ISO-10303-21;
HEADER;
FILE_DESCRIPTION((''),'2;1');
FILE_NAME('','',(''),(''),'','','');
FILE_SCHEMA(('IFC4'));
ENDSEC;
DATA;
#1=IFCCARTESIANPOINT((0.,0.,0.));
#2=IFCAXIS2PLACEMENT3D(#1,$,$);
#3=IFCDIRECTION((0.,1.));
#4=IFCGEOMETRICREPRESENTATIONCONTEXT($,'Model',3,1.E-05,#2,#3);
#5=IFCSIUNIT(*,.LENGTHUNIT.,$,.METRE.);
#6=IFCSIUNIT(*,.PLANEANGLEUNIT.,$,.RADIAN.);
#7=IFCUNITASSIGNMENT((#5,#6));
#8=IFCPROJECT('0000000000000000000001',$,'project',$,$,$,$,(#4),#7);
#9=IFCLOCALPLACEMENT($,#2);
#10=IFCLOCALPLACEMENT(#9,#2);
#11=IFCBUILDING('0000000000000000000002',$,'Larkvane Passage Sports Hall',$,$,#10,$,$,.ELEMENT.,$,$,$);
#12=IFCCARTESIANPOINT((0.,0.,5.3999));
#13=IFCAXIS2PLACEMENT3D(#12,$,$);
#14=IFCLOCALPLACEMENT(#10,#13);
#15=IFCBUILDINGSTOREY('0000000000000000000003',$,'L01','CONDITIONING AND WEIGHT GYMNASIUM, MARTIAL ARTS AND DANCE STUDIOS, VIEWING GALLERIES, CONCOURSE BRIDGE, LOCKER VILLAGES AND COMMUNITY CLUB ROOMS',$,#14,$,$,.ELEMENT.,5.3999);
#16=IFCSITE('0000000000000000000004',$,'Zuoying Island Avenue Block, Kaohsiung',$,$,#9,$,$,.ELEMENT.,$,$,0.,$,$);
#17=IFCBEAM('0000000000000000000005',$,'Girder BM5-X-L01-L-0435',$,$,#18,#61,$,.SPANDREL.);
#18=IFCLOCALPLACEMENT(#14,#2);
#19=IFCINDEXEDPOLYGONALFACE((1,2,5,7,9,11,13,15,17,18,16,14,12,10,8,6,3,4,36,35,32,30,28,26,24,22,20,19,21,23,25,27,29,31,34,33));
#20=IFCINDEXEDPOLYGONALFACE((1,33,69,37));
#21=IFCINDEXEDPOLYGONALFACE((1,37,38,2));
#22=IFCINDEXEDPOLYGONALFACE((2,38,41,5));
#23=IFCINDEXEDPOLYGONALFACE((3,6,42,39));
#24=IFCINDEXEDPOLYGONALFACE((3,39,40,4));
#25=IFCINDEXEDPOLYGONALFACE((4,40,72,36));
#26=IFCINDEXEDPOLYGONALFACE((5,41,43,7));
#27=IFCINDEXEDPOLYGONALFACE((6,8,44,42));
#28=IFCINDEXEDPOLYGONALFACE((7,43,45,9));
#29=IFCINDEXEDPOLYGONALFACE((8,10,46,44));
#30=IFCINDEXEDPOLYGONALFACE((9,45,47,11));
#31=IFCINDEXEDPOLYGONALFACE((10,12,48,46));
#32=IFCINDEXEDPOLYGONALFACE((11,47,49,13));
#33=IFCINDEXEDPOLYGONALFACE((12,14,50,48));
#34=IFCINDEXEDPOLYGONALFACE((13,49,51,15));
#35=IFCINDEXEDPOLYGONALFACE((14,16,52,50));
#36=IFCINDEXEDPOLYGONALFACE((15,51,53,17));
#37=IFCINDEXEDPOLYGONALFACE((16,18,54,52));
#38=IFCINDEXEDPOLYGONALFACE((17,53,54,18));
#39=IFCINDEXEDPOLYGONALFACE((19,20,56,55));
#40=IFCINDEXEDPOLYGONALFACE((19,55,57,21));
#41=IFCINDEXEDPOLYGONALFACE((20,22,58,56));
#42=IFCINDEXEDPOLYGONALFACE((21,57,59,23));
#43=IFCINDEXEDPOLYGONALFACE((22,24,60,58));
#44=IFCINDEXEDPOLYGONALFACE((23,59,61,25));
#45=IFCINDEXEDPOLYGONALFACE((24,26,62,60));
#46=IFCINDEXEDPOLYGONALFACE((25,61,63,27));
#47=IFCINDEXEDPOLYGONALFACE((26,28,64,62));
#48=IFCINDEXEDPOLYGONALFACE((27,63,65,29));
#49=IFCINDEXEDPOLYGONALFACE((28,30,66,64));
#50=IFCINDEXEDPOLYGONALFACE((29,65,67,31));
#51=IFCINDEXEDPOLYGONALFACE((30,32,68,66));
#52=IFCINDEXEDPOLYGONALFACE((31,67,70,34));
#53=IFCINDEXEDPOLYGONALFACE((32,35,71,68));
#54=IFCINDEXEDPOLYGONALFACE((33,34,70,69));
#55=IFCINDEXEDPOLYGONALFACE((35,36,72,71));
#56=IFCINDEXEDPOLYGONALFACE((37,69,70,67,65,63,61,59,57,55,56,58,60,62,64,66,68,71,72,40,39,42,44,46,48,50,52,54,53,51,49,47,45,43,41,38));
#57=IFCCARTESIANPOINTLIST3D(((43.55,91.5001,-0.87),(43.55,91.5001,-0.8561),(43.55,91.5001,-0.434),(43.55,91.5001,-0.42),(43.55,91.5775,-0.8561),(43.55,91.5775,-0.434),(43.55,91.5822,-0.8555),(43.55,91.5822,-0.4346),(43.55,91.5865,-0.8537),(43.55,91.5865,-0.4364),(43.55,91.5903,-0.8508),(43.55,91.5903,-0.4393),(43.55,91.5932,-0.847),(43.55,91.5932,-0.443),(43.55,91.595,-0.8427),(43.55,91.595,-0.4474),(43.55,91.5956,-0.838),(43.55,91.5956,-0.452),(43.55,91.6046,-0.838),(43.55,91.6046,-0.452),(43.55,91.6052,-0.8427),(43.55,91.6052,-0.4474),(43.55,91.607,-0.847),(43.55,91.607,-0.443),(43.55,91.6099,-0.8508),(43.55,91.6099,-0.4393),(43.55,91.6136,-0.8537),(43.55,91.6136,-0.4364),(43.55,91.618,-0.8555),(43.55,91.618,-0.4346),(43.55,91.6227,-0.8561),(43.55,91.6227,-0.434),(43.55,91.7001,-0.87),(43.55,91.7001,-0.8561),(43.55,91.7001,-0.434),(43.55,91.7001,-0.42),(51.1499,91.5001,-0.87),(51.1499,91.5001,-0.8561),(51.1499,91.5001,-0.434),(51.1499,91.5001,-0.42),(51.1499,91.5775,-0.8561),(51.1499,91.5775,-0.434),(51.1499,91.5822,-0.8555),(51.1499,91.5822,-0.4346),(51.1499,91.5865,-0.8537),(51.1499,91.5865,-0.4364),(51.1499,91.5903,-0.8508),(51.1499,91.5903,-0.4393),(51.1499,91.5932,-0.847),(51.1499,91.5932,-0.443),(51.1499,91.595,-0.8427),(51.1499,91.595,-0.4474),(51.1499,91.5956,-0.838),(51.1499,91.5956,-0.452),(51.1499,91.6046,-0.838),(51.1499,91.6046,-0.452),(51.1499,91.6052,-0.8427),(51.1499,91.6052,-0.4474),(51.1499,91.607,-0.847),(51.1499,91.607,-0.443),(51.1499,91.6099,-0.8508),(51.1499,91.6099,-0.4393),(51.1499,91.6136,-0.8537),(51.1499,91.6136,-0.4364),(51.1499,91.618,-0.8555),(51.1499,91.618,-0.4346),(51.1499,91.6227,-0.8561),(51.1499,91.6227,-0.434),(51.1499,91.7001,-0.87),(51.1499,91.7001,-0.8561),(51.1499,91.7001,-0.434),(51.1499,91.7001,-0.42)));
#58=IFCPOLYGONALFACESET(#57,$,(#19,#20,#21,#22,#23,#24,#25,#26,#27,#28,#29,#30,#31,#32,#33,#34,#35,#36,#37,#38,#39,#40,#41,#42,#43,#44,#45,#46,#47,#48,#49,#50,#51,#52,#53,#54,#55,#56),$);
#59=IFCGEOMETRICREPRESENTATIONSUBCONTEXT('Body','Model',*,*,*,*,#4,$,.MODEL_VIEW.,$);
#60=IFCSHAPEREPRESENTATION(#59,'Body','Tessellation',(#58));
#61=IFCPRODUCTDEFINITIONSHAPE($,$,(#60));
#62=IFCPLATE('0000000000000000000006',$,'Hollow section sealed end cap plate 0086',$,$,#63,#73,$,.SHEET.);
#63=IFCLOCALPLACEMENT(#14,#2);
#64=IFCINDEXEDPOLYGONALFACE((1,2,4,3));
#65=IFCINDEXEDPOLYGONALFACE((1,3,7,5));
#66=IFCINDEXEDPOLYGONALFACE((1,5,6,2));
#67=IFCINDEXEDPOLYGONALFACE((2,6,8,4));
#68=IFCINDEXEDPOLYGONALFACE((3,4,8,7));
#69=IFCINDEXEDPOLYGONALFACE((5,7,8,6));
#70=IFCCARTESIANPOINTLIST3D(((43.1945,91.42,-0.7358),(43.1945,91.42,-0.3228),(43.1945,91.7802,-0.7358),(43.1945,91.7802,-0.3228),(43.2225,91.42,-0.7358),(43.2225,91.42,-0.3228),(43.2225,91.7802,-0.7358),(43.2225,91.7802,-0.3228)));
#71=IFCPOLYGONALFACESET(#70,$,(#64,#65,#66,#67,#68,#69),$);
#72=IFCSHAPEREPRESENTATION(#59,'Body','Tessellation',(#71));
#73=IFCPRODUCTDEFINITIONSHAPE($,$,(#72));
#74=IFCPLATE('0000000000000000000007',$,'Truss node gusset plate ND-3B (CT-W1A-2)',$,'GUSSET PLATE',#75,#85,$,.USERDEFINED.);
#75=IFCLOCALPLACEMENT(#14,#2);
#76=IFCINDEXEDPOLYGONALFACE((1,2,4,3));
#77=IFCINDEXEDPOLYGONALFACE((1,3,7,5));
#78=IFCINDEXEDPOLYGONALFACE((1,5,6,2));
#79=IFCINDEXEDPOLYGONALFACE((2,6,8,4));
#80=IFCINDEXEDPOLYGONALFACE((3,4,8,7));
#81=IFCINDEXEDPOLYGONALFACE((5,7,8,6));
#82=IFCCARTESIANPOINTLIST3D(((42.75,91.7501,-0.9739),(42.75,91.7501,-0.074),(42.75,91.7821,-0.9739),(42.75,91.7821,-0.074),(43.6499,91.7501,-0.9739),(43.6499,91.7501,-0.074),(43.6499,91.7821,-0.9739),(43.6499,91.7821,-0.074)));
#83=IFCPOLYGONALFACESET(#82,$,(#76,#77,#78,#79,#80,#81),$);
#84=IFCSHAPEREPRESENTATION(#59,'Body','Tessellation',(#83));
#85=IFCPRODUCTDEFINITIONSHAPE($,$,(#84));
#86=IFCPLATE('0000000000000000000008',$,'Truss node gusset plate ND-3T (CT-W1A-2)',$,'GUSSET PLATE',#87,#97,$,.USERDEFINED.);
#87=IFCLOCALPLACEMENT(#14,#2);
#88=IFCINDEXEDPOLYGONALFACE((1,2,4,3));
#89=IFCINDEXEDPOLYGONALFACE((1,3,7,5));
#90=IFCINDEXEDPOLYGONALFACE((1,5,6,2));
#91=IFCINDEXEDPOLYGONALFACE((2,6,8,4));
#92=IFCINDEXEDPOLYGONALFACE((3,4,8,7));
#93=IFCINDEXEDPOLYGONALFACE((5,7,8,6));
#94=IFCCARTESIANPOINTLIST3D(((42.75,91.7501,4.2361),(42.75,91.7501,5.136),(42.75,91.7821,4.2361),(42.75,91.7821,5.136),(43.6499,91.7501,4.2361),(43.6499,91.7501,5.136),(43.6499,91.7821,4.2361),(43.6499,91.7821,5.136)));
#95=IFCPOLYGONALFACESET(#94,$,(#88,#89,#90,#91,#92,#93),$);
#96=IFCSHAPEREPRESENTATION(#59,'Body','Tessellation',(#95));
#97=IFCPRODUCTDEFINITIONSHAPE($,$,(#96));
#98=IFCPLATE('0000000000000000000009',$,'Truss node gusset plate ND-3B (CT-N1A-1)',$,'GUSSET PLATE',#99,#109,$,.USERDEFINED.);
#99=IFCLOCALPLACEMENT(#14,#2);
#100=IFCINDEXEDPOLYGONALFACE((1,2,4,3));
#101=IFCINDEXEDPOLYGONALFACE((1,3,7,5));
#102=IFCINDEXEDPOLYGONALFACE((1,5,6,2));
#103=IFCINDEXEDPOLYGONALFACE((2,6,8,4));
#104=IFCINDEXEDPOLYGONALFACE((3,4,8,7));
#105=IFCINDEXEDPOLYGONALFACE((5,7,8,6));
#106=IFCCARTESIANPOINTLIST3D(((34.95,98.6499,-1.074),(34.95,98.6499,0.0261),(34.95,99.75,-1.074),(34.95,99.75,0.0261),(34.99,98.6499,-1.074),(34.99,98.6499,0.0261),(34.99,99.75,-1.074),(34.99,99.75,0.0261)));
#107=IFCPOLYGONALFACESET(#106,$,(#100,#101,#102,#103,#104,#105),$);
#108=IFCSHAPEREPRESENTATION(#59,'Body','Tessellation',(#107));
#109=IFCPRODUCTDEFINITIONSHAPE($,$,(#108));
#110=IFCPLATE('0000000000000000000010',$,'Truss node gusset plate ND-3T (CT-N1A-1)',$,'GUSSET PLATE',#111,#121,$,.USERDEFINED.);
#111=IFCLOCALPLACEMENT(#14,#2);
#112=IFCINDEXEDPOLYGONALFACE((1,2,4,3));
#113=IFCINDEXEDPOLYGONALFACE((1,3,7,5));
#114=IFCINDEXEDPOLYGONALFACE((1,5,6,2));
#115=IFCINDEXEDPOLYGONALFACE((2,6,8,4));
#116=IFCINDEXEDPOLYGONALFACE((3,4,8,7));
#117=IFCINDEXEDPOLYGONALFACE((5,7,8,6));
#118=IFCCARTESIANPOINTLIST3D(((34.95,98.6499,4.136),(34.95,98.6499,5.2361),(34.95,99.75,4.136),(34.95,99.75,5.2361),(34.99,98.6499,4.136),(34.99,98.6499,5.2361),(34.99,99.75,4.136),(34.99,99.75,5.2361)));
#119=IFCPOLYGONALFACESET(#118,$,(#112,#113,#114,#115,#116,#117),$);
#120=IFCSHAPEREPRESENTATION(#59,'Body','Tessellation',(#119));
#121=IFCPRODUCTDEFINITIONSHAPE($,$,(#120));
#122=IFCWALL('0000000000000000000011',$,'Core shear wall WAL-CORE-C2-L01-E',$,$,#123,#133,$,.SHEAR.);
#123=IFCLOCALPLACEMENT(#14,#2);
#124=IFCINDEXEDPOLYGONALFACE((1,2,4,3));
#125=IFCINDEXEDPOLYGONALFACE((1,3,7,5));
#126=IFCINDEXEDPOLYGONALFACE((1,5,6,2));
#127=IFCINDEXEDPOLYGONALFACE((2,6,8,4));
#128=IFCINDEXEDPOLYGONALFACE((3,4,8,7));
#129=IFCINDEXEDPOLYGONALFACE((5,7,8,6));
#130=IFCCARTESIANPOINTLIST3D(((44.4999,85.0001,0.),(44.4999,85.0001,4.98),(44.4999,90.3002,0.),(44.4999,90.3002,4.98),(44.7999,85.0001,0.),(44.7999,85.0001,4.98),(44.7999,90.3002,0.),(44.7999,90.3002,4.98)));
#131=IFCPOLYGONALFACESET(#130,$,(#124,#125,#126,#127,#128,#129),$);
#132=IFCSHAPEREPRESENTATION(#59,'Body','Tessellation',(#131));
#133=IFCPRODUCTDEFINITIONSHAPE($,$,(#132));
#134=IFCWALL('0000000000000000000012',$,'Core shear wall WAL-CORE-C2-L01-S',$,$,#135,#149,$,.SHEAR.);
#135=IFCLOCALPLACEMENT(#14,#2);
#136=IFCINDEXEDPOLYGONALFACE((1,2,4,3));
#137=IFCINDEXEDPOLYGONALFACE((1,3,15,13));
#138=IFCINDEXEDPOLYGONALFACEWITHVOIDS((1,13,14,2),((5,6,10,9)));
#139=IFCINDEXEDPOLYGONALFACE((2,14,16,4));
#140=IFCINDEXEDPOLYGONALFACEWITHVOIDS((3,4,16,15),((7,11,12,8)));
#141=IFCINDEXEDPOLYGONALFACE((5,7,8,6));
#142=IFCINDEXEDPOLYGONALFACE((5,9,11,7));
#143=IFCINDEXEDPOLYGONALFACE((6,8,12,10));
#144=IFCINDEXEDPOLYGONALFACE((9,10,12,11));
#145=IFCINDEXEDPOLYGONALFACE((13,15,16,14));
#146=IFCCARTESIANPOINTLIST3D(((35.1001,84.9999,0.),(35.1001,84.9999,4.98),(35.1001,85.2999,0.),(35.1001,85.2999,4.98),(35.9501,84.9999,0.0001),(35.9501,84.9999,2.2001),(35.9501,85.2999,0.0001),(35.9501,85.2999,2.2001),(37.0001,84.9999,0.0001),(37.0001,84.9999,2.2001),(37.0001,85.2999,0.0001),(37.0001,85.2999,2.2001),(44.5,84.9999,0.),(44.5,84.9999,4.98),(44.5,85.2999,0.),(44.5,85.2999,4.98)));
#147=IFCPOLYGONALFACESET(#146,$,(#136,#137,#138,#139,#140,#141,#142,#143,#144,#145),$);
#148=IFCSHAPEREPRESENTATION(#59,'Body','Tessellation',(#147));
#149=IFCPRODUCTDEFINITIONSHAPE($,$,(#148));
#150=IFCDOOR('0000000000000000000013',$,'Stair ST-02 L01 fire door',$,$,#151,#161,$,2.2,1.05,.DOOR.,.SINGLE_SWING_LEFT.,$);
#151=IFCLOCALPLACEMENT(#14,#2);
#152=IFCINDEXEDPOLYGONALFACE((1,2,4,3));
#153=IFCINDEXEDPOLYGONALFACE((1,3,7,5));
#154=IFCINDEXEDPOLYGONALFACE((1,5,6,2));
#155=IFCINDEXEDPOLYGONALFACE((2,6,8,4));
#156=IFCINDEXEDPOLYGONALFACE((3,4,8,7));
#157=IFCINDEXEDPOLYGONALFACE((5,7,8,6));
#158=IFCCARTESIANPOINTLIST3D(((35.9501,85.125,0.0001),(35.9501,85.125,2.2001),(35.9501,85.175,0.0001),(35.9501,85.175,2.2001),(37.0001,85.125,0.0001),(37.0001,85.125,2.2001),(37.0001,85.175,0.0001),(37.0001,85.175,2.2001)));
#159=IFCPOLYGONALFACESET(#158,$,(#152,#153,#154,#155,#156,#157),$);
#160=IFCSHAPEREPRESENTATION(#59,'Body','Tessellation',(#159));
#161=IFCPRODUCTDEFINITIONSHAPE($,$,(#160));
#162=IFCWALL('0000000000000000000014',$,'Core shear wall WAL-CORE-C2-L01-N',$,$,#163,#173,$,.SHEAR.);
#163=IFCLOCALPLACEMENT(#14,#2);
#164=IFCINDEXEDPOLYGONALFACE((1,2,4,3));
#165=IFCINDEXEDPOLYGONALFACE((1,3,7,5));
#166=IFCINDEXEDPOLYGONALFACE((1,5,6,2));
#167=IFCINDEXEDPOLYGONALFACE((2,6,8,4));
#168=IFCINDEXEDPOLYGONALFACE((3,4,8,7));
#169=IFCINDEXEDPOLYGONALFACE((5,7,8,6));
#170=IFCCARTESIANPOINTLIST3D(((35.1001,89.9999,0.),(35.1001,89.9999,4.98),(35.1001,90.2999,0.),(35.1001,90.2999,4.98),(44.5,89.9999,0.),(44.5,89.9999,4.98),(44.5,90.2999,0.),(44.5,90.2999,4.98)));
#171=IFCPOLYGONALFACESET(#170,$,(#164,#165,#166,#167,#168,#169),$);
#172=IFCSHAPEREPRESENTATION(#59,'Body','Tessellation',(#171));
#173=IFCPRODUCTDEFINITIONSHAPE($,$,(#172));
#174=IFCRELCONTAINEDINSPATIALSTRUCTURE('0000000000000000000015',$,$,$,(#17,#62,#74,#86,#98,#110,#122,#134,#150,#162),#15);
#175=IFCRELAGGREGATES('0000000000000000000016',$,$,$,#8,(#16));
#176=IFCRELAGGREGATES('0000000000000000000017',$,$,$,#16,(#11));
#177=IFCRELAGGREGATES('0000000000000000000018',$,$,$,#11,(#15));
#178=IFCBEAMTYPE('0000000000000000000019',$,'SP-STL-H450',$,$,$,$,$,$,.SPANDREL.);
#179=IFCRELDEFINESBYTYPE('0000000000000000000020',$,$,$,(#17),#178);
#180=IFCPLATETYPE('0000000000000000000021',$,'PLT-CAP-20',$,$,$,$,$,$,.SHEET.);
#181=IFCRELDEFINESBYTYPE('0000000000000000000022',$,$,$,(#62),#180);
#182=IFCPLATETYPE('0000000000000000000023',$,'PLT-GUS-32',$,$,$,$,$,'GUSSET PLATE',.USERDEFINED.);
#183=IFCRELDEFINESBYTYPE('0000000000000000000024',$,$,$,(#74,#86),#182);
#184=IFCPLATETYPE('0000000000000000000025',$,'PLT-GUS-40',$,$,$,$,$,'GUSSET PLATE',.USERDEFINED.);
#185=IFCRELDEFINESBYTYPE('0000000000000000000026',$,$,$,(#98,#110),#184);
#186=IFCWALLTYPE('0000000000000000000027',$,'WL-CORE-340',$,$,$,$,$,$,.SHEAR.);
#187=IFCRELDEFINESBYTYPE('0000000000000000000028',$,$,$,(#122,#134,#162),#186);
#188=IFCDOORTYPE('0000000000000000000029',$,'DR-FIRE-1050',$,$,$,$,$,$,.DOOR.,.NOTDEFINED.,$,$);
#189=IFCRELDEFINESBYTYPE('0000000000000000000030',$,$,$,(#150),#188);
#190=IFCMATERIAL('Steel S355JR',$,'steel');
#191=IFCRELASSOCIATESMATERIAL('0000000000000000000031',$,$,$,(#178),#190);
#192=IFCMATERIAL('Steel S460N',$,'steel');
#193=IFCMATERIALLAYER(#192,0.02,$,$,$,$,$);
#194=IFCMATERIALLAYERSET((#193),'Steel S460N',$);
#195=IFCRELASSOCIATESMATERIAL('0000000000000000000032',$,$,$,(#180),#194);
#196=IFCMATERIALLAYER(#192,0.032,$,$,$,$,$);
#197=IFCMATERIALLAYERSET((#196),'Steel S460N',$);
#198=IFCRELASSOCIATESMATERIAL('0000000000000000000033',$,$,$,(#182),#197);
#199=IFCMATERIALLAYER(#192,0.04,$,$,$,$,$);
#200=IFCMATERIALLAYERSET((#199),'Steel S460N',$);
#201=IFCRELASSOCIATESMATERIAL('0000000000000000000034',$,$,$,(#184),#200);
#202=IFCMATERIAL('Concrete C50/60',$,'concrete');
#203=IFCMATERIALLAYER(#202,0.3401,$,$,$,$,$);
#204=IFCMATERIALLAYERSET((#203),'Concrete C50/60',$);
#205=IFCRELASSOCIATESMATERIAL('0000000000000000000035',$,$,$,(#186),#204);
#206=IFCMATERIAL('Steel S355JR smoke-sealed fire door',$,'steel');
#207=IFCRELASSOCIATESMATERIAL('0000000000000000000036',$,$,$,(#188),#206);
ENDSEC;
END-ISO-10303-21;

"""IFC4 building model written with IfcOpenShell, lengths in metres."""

from ifc_helpers import new_model, si_unit, direction, frame, frame_2d, origin, origin_2d, place, context, subcontext, project, spatial, rectangle, i_section, extrude, material, layer, layer_set, material_profile, profile_set, type_object, element, fill, save


model = new_model("IFC4")

# Units and contexts
model_context = context("Model", 3, precision=1e-05, world=origin(), true_north=direction((0.0, 1.0)))
body_context = subcontext(model_context, "Body", "Model", "MODEL_VIEW")
ifc_project = project(units=[si_unit("LENGTHUNIT", "METRE"), si_unit("PLANEANGLEUNIT", "RADIAN")], contexts=[model_context])

# Site, building, storey
site_placement = place(None, origin())
site = spatial("IfcSite", under=ifc_project, at=site_placement, Name="Zuoying Island Avenue Block, Kaohsiung", CompositionType="ELEMENT", RefElevation=0.0)
building_placement = place(site_placement, origin())
building = spatial("IfcBuilding", under=site, at=building_placement, Name="Larkvane Passage Sports Hall", CompositionType="ELEMENT")
storey_placement = place(building_placement, frame((0.0, 0.0, 5.3999)))
storey = spatial("IfcBuildingStorey", under=building, at=storey_placement, Name="L01", Description="CONDITIONING AND WEIGHT GYMNASIUM, MARTIAL ARTS AND DANCE STUDIOS, VIEWING GALLERIES, CONCOURSE BRIDGE, LOCKER VILLAGES AND COMMUNITY CLUB ROOMS", CompositionType="ELEMENT", Elevation=5.3999)

# Shared definitions
ifc_material_1 = material(Name="Steel S460N", Category="steel")

# Beam
ifc_material_2 = material(Name="Steel S355JR", Category="steel")
ifc_material_profile_1 = material_profile(ifc_material_2, i_section(OverallWidth=0.2, OverallDepth=0.45, WebThickness=0.009, FlangeThickness=0.0139, FilletRadius=0.0181, at=origin_2d()), Name="H-450x200x9x14")
ifc_profile_set_1 = profile_set([ifc_material_profile_1], Name="Steel S355JR")
beam_type_1 = type_object("IfcBeamType", Name="SP-STL-H450", PredefinedType="SPANDREL", material=ifc_profile_set_1)
beam_1_placement = place(storey_placement, frame((43.55, 91.6001, -0.645), z_axis=(1.0, 0.0, 0.0), x_axis=(0.0, 1.0, 0.0)))
element("IfcBeam", 1, at=beam_1_placement, inside=storey, type_object=beam_type_1, Name="Girder BM5-X-L01-L-0435", PredefinedType="SPANDREL", context=body_context, shape_type="SweptSolid", body=[
    extrude(i_section(OverallWidth=0.2, OverallDepth=0.45, WebThickness=0.009, FlangeThickness=0.0139, FilletRadius=0.0181, at=origin_2d()), origin(), (0.0, 0.0, 1.0), 7.5999),
])

# Plates
ifc_layer_1 = layer(ifc_material_1, 0.02)
ifc_layer_set_1 = layer_set([ifc_layer_1], Name="Steel S460N")
plate_type_1 = type_object("IfcPlateType", Name="PLT-CAP-20", PredefinedType="SHEET", material=ifc_layer_set_1)
plate_placement = place(storey_placement, frame((43.2085, 91.6001, -0.7358), z_axis=(0.0, 0.0, 1.0), x_axis=(0.0, 1.0, 0.0)))
element("IfcPlate", 2, at=plate_placement, inside=storey, type_object=plate_type_1, Name="Hollow section sealed end cap plate 0086", PredefinedType="SHEET", context=body_context, shape_type="SweptSolid", body=[
    extrude(rectangle(XDim=0.3601, YDim=0.0281, at=origin_2d()), origin(), (0.0, 0.0, 1.0), 0.4131),
])
ifc_layer_2 = layer(ifc_material_1, 0.032)
ifc_layer_set_2 = layer_set([ifc_layer_2], Name="Steel S460N")
plate_type_2 = type_object("IfcPlateType", Name="PLT-GUS-32", ElementType="GUSSET PLATE", PredefinedType="USERDEFINED", material=ifc_layer_set_2)
for number, where, z_axis, x_axis, name in (
    (3, (43.2, 91.7661, -0.9739), (0.0, 0.0, 1.0), (1.0, 0.0, 0.0), "Truss node gusset plate ND-3B (CT-W1A-2)"),
    (4, (43.2, 91.7661, 4.2361), (0.0, 0.0, 1.0), (1.0, 0.0, 0.0), "Truss node gusset plate ND-3T (CT-W1A-2)"),
):
    element("IfcPlate", number, at=place(storey_placement, frame(where, z_axis=z_axis, x_axis=x_axis)), inside=storey, type_object=plate_type_2, Name=name, ObjectType="GUSSET PLATE", PredefinedType="USERDEFINED", context=body_context, shape_type="SweptSolid", body=[
        extrude(rectangle(XDim=0.8999, YDim=0.032, at=origin_2d()), origin(), (0.0, 0.0, 1.0), 0.8999),
    ])
ifc_layer_3 = layer(ifc_material_1, 0.04)
ifc_layer_set_3 = layer_set([ifc_layer_3], Name="Steel S460N")
plate_type_3 = type_object("IfcPlateType", Name="PLT-GUS-40", ElementType="GUSSET PLATE", PredefinedType="USERDEFINED", material=ifc_layer_set_3)
for number, where, z_axis, x_axis, name in (
    (5, (34.97, 99.2, -1.074), (0.0, 0.0, 1.0), (0.0, 1.0, 0.0), "Truss node gusset plate ND-3B (CT-N1A-1)"),
    (6, (34.97, 99.2, 4.136), (0.0, 0.0, 1.0), (0.0, 1.0, 0.0), "Truss node gusset plate ND-3T (CT-N1A-1)"),
):
    element("IfcPlate", number, at=place(storey_placement, frame(where, z_axis=z_axis, x_axis=x_axis)), inside=storey, type_object=plate_type_3, Name=name, ObjectType="GUSSET PLATE", PredefinedType="USERDEFINED", context=body_context, shape_type="SweptSolid", body=[
        extrude(rectangle(XDim=1.1001, YDim=0.04, at=origin_2d()), origin(), (0.0, 0.0, 1.0), 1.1001),
    ])

# Wall
ifc_material_3 = material(Name="Concrete C50/60", Category="concrete")
ifc_layer_4 = layer(ifc_material_3, 0.3401)
ifc_layer_set_4 = layer_set([ifc_layer_4], Name="Concrete C50/60")
wall_type_1 = type_object("IfcWallType", Name="WL-CORE-340", PredefinedType="SHEAR", material=ifc_layer_set_4)
wall_1_placement = place(storey_placement, frame((44.6499, 90.3, 0.0), z_axis=(0.0, 0.0, 1.0), x_axis=(0.0, -1.0, 0.0)))
element("IfcWall", 7, at=wall_1_placement, inside=storey, type_object=wall_type_1, Name="Core shear wall WAL-CORE-C2-L01-E", PredefinedType="SHEAR", context=body_context, shape_type="SweptSolid", body=[
    extrude(rectangle(XDim=5.3, YDim=0.3, at=frame_2d((2.6499, 0.0))), origin(), (0.0, 0.0, 1.0), 4.98),
])

# Wall, opening, door
wall_2_placement = place(storey_placement, frame((44.5, 85.1499, 0.0), z_axis=(0.0, 0.0, 1.0), x_axis=(-1.0, 0.0, 0.0)))
wall_2 = element("IfcWall", 8, at=wall_2_placement, inside=storey, type_object=wall_type_1, Name="Core shear wall WAL-CORE-C2-L01-S", PredefinedType="SHEAR", context=body_context, shape_type="SweptSolid", body=[
    extrude(rectangle(XDim=9.3999, YDim=0.3, at=frame_2d((4.7, 0.0))), origin(), (0.0, 0.0, 1.0), 4.98),
])
opening_1_placement = place(wall_2_placement, frame((7.5, 0.0, 0.0)))
opening_1 = element("IfcOpeningElement", 9, at=opening_1_placement, cuts=wall_2, PredefinedType="OPENING", context=body_context, shape_type="SweptSolid", body=[
    extrude(rectangle(XDim=1.05, YDim=2.2, at=frame_2d((0.5249, 1.1001))), frame((0.0, 0.1599, 0.0), z_axis=(0.0, -1.0, 0.0), x_axis=(1.0, 0.0, 0.0)), (0.0, 0.0, 1.0), 0.3201),
])
ifc_material_4 = material(Name="Steel S355JR smoke-sealed fire door", Category="steel")
door_type = type_object("IfcDoorType", Name="DR-FIRE-1050", OperationType="NOTDEFINED", PredefinedType="DOOR", material=ifc_material_4)
door_placement = place(opening_1_placement, origin())
door = element("IfcDoor", 10, at=door_placement, inside=storey, type_object=door_type, Name="Stair ST-02 L01 fire door", OperationType="SINGLE_SWING_LEFT", OverallHeight=2.2, OverallWidth=1.05, PredefinedType="DOOR", context=body_context, shape_type="SweptSolid", body=[
    extrude(rectangle(XDim=1.05, YDim=2.2, at=frame_2d((0.5249, 1.1001))), frame((0.0, 0.0249, 0.0), z_axis=(0.0, -1.0, 0.0), x_axis=(1.0, 0.0, 0.0)), (0.0, 0.0, 1.0), 0.05),
])
fill(opening_1, door)

# Wall
wall_3_placement = place(storey_placement, frame((35.1001, 90.1499, 0.0), z_axis=(0.0, 0.0, 1.0), x_axis=(1.0, 0.0, 0.0)))
element("IfcWall", 11, at=wall_3_placement, inside=storey, type_object=wall_type_1, Name="Core shear wall WAL-CORE-C2-L01-N", PredefinedType="SHEAR", context=body_context, shape_type="SweptSolid", body=[
    extrude(rectangle(XDim=9.3999, YDim=0.3, at=frame_2d((4.7, 0.0))), origin(), (0.0, 0.0, 1.0), 4.98),
])

save(model, "model.ifc")
